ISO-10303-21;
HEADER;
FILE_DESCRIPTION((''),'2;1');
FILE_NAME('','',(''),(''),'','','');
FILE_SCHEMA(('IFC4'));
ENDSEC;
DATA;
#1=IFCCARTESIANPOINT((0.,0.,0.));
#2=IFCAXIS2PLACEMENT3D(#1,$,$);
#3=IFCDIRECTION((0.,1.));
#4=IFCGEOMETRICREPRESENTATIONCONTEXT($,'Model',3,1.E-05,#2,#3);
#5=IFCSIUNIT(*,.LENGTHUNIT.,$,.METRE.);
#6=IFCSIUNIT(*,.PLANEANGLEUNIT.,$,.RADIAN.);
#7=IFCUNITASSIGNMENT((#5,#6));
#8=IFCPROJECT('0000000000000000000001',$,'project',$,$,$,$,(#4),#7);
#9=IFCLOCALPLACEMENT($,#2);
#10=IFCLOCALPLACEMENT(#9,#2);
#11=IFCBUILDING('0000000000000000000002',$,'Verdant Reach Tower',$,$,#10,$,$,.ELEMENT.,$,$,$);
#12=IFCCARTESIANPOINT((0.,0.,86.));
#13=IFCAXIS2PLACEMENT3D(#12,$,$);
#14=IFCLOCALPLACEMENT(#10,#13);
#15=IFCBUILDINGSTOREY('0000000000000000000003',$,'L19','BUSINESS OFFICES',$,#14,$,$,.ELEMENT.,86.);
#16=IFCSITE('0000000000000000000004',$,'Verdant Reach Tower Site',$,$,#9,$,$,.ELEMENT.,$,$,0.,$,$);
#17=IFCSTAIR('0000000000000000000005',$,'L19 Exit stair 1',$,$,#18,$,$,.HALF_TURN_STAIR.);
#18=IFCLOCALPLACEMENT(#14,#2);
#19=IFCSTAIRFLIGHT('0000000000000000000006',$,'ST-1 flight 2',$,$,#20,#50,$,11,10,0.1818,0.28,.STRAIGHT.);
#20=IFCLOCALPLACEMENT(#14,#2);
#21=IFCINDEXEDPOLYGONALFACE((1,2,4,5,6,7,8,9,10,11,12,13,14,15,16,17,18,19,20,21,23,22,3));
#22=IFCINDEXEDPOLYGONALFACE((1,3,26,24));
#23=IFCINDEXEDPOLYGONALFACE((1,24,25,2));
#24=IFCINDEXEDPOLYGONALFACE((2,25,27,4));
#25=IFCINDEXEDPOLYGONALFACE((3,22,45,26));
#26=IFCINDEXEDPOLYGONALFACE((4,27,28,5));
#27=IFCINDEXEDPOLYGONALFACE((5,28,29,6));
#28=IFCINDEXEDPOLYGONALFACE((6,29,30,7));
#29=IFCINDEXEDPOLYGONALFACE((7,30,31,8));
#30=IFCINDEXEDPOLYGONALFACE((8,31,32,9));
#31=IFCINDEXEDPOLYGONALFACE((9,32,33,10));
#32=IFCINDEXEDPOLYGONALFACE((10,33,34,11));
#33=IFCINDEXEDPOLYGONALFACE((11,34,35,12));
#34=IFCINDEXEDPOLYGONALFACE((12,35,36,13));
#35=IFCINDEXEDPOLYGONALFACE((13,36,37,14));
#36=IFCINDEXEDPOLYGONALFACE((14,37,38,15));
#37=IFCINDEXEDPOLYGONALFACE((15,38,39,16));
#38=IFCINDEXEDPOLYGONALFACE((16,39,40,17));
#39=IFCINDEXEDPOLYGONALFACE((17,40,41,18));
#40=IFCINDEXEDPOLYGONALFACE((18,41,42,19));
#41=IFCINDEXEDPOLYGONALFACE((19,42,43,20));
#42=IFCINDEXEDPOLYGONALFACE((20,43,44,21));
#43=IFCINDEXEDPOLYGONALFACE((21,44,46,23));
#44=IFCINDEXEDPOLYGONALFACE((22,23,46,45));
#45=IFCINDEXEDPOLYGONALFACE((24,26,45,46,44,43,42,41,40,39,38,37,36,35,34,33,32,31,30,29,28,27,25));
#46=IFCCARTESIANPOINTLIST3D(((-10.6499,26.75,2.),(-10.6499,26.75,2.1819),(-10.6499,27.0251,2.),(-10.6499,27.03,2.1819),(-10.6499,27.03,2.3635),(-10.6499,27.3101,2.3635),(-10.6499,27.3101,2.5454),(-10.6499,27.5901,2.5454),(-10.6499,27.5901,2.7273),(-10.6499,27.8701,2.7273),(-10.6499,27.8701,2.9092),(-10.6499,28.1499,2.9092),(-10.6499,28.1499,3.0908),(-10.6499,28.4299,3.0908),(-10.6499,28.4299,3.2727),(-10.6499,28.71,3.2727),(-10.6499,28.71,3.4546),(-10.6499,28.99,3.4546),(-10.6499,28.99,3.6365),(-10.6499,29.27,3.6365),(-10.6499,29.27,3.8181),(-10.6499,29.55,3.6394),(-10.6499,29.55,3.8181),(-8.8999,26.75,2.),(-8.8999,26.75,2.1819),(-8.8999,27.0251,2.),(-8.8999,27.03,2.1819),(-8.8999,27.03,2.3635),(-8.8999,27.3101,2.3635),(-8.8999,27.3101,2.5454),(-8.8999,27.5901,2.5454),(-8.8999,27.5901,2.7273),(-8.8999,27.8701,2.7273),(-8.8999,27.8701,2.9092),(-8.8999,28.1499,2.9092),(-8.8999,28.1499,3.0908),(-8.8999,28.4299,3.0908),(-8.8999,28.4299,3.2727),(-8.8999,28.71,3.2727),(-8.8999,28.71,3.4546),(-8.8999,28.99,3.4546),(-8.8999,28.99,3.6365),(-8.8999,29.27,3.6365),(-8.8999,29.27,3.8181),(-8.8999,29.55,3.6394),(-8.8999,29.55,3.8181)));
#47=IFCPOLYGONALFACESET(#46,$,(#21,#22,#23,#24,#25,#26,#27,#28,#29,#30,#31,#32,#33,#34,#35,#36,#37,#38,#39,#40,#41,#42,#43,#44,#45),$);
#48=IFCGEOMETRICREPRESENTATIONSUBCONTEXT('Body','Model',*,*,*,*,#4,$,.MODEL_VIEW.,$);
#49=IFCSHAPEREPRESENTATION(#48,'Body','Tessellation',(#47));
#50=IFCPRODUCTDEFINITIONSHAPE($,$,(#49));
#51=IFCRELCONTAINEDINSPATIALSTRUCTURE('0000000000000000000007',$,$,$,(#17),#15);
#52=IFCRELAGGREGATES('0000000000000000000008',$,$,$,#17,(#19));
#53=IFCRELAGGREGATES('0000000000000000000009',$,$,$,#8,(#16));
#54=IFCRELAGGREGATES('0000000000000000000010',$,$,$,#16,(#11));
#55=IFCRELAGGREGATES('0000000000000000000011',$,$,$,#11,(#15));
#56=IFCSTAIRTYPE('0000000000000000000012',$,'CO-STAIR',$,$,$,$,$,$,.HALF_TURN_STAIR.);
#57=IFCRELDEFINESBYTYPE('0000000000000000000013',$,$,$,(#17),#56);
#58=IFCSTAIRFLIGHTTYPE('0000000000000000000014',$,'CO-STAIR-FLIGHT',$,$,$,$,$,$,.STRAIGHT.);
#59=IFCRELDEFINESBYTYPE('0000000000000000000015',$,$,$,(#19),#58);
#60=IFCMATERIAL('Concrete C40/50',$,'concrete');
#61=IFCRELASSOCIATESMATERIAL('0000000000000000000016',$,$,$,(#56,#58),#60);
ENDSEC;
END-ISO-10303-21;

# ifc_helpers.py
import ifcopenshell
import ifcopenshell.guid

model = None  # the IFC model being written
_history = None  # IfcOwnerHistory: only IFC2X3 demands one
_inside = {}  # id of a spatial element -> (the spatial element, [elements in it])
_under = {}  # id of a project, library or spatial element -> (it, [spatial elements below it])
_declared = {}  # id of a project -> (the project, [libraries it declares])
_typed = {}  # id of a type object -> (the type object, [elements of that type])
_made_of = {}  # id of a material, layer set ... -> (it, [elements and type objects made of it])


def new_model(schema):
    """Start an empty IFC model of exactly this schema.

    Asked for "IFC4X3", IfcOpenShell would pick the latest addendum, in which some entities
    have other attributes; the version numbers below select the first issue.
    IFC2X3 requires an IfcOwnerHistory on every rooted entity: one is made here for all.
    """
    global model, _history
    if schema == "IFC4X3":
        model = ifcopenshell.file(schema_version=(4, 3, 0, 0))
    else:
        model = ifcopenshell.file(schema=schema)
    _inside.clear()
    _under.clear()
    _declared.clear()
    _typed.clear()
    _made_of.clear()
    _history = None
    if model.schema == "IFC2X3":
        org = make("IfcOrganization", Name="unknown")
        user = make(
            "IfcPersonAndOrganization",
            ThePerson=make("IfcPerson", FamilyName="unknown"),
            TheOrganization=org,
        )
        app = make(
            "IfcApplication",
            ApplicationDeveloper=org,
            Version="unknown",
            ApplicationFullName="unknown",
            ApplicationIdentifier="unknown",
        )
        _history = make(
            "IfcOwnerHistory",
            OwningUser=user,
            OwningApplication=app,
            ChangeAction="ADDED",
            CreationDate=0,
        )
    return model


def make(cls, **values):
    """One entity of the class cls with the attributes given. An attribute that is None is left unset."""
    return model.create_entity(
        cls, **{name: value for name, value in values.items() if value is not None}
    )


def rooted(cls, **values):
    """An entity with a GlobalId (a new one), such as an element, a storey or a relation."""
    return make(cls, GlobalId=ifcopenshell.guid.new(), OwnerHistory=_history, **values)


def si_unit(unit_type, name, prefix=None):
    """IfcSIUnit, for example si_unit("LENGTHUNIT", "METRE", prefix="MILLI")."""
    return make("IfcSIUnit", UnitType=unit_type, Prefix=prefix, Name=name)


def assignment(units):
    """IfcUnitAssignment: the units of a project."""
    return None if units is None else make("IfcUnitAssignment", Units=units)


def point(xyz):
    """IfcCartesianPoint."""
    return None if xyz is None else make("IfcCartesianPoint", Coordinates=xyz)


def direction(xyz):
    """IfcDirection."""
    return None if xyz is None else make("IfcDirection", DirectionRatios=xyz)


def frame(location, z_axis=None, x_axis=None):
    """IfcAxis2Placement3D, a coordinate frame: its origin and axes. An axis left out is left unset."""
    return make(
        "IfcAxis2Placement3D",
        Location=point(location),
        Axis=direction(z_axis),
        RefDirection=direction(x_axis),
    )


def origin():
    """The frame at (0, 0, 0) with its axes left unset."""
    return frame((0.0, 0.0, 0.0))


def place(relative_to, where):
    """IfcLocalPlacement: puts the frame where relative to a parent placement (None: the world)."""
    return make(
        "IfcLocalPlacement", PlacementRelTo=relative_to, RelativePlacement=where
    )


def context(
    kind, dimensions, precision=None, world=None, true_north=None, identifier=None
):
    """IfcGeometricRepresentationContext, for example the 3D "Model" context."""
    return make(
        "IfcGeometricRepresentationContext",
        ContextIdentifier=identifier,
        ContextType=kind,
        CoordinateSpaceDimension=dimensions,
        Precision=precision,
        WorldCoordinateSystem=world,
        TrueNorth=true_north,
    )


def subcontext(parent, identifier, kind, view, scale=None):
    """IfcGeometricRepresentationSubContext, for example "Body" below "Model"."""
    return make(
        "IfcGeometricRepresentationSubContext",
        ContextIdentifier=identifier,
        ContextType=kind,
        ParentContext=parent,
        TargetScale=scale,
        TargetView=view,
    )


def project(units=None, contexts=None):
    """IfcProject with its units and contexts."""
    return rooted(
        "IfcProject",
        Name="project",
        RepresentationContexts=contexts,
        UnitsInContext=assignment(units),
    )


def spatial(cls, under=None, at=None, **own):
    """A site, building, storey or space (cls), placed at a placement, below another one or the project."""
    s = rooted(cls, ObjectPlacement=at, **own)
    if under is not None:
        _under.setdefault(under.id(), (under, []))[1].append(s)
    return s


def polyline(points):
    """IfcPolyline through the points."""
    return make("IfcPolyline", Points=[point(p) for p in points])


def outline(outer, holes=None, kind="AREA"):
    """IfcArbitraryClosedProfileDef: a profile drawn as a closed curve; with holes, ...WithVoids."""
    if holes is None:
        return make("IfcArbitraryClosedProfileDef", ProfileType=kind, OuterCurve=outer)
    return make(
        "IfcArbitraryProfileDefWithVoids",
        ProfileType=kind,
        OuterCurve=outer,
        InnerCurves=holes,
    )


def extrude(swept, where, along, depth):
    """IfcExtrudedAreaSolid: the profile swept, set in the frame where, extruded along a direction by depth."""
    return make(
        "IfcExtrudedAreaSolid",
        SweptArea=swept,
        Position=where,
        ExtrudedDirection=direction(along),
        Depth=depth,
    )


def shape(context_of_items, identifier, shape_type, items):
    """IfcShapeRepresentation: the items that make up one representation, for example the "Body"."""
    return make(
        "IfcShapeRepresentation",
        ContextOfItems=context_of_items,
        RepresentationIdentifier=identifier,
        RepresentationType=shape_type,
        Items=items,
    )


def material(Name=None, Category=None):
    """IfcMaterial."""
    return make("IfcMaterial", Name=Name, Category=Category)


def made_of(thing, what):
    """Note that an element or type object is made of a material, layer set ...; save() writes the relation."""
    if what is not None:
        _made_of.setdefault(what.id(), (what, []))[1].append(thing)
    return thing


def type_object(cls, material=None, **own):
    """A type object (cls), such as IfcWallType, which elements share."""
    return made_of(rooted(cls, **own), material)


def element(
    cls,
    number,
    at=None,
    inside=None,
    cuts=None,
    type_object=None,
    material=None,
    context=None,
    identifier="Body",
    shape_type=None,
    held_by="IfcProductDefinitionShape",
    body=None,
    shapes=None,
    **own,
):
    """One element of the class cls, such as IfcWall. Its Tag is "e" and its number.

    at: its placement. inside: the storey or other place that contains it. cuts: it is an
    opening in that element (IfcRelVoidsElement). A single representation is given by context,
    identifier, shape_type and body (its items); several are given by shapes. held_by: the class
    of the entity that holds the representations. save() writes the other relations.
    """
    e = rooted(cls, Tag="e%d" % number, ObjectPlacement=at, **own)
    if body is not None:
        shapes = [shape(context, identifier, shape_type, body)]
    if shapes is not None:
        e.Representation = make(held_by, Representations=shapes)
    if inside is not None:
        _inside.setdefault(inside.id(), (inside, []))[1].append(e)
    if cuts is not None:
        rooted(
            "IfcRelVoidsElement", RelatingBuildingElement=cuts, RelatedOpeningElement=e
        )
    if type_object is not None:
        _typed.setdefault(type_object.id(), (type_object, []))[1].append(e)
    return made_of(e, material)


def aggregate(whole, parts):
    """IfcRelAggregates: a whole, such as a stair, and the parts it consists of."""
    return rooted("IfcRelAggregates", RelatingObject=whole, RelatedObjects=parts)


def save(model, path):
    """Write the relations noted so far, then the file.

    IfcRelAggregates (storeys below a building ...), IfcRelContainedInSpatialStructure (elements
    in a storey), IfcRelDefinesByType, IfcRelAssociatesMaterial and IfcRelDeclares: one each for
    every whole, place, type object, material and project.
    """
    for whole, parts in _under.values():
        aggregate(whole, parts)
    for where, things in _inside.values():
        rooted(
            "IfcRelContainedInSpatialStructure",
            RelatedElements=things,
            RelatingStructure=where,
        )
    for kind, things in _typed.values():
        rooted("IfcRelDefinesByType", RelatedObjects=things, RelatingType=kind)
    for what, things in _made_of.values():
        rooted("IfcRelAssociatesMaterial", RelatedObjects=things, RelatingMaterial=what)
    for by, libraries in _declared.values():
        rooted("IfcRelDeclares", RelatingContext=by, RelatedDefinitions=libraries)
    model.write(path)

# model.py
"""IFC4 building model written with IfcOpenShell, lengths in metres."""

from ifc_helpers import new_model, si_unit, direction, frame, origin, place, context, subcontext, project, spatial, polyline, outline, extrude, material, type_object, element, aggregate, save


model = new_model("IFC4")

# Units and contexts
model_context = context("Model", 3, precision=1e-05, world=origin(), true_north=direction((0.0, 1.0)))
body_context = subcontext(model_context, "Body", "Model", "MODEL_VIEW")
ifc_project = project(units=[si_unit("LENGTHUNIT", "METRE"), si_unit("PLANEANGLEUNIT", "RADIAN")], contexts=[model_context])

# Site, building, storey
site_placement = place(None, origin())
site = spatial("IfcSite", under=ifc_project, at=site_placement, Name="Verdant Reach Tower Site", CompositionType="ELEMENT", RefElevation=0.0)
building_placement = place(site_placement, origin())
building = spatial("IfcBuilding", under=site, at=building_placement, Name="Verdant Reach Tower", CompositionType="ELEMENT")
storey_placement = place(building_placement, frame((0.0, 0.0, 86.0)))
storey = spatial("IfcBuildingStorey", under=building, at=storey_placement, Name="L19", Description="BUSINESS OFFICES", CompositionType="ELEMENT", Elevation=86.0)

# Shared definitions
ifc_material_1 = material(Name="Concrete C40/50", Category="concrete")

# Stair, stair flight
stair_type = type_object("IfcStairType", Name="CO-STAIR", PredefinedType="HALF_TURN_STAIR", material=ifc_material_1)
stair_placement = place(storey_placement, origin())
stair = element("IfcStair", 1, at=stair_placement, inside=storey, type_object=stair_type, Name="L19 Exit stair 1", PredefinedType="HALF_TURN_STAIR")
stair_flight_type = type_object("IfcStairFlightType", Name="CO-STAIR-FLIGHT", PredefinedType="STRAIGHT", material=ifc_material_1)
stair_flight_placement = place(storey_placement, frame((-9.7749, 26.75, 2.0), z_axis=(0.0, 0.0, 1.0), x_axis=(0.0, 1.0, 0.0)))
stair_flight = element("IfcStairFlight", 2, at=stair_flight_placement, type_object=stair_flight_type, Name="ST-1 flight 2", NumberOfRisers=11, NumberOfTreads=10, PredefinedType="STRAIGHT", RiserHeight=0.1818, TreadLength=0.28, context=body_context, shape_type="SweptSolid", body=[
    extrude(outline(polyline([(0.0, 0.0), (0.0, 0.1819), (0.28, 0.1819), (0.28, 0.3635), (0.5601, 0.3635), (0.5601, 0.5454), (0.8401, 0.5454), (0.8401, 0.7273), (1.1201, 0.7273), (1.1201, 0.9092), (1.3999, 0.9092), (1.3999, 1.0908), (1.6799, 1.0908), (1.6799, 1.2727), (1.96, 1.2727), (1.96, 1.4546), (2.24, 1.4546), (2.24, 1.6365), (2.52, 1.6365), (2.52, 1.8181), (2.8, 1.8181), (2.8, 2.0), (2.8, 1.6394), (0.2751, 0.0), (0.0, 0.0)])), frame((0.0, 0.875, 0.0), z_axis=(0.0, -1.0, 0.0), x_axis=(1.0, 0.0, 0.0)), (0.0, 0.0, 1.0), 1.75),
])
aggregate(stair, [stair_flight])

save(model, "model.ifc")
